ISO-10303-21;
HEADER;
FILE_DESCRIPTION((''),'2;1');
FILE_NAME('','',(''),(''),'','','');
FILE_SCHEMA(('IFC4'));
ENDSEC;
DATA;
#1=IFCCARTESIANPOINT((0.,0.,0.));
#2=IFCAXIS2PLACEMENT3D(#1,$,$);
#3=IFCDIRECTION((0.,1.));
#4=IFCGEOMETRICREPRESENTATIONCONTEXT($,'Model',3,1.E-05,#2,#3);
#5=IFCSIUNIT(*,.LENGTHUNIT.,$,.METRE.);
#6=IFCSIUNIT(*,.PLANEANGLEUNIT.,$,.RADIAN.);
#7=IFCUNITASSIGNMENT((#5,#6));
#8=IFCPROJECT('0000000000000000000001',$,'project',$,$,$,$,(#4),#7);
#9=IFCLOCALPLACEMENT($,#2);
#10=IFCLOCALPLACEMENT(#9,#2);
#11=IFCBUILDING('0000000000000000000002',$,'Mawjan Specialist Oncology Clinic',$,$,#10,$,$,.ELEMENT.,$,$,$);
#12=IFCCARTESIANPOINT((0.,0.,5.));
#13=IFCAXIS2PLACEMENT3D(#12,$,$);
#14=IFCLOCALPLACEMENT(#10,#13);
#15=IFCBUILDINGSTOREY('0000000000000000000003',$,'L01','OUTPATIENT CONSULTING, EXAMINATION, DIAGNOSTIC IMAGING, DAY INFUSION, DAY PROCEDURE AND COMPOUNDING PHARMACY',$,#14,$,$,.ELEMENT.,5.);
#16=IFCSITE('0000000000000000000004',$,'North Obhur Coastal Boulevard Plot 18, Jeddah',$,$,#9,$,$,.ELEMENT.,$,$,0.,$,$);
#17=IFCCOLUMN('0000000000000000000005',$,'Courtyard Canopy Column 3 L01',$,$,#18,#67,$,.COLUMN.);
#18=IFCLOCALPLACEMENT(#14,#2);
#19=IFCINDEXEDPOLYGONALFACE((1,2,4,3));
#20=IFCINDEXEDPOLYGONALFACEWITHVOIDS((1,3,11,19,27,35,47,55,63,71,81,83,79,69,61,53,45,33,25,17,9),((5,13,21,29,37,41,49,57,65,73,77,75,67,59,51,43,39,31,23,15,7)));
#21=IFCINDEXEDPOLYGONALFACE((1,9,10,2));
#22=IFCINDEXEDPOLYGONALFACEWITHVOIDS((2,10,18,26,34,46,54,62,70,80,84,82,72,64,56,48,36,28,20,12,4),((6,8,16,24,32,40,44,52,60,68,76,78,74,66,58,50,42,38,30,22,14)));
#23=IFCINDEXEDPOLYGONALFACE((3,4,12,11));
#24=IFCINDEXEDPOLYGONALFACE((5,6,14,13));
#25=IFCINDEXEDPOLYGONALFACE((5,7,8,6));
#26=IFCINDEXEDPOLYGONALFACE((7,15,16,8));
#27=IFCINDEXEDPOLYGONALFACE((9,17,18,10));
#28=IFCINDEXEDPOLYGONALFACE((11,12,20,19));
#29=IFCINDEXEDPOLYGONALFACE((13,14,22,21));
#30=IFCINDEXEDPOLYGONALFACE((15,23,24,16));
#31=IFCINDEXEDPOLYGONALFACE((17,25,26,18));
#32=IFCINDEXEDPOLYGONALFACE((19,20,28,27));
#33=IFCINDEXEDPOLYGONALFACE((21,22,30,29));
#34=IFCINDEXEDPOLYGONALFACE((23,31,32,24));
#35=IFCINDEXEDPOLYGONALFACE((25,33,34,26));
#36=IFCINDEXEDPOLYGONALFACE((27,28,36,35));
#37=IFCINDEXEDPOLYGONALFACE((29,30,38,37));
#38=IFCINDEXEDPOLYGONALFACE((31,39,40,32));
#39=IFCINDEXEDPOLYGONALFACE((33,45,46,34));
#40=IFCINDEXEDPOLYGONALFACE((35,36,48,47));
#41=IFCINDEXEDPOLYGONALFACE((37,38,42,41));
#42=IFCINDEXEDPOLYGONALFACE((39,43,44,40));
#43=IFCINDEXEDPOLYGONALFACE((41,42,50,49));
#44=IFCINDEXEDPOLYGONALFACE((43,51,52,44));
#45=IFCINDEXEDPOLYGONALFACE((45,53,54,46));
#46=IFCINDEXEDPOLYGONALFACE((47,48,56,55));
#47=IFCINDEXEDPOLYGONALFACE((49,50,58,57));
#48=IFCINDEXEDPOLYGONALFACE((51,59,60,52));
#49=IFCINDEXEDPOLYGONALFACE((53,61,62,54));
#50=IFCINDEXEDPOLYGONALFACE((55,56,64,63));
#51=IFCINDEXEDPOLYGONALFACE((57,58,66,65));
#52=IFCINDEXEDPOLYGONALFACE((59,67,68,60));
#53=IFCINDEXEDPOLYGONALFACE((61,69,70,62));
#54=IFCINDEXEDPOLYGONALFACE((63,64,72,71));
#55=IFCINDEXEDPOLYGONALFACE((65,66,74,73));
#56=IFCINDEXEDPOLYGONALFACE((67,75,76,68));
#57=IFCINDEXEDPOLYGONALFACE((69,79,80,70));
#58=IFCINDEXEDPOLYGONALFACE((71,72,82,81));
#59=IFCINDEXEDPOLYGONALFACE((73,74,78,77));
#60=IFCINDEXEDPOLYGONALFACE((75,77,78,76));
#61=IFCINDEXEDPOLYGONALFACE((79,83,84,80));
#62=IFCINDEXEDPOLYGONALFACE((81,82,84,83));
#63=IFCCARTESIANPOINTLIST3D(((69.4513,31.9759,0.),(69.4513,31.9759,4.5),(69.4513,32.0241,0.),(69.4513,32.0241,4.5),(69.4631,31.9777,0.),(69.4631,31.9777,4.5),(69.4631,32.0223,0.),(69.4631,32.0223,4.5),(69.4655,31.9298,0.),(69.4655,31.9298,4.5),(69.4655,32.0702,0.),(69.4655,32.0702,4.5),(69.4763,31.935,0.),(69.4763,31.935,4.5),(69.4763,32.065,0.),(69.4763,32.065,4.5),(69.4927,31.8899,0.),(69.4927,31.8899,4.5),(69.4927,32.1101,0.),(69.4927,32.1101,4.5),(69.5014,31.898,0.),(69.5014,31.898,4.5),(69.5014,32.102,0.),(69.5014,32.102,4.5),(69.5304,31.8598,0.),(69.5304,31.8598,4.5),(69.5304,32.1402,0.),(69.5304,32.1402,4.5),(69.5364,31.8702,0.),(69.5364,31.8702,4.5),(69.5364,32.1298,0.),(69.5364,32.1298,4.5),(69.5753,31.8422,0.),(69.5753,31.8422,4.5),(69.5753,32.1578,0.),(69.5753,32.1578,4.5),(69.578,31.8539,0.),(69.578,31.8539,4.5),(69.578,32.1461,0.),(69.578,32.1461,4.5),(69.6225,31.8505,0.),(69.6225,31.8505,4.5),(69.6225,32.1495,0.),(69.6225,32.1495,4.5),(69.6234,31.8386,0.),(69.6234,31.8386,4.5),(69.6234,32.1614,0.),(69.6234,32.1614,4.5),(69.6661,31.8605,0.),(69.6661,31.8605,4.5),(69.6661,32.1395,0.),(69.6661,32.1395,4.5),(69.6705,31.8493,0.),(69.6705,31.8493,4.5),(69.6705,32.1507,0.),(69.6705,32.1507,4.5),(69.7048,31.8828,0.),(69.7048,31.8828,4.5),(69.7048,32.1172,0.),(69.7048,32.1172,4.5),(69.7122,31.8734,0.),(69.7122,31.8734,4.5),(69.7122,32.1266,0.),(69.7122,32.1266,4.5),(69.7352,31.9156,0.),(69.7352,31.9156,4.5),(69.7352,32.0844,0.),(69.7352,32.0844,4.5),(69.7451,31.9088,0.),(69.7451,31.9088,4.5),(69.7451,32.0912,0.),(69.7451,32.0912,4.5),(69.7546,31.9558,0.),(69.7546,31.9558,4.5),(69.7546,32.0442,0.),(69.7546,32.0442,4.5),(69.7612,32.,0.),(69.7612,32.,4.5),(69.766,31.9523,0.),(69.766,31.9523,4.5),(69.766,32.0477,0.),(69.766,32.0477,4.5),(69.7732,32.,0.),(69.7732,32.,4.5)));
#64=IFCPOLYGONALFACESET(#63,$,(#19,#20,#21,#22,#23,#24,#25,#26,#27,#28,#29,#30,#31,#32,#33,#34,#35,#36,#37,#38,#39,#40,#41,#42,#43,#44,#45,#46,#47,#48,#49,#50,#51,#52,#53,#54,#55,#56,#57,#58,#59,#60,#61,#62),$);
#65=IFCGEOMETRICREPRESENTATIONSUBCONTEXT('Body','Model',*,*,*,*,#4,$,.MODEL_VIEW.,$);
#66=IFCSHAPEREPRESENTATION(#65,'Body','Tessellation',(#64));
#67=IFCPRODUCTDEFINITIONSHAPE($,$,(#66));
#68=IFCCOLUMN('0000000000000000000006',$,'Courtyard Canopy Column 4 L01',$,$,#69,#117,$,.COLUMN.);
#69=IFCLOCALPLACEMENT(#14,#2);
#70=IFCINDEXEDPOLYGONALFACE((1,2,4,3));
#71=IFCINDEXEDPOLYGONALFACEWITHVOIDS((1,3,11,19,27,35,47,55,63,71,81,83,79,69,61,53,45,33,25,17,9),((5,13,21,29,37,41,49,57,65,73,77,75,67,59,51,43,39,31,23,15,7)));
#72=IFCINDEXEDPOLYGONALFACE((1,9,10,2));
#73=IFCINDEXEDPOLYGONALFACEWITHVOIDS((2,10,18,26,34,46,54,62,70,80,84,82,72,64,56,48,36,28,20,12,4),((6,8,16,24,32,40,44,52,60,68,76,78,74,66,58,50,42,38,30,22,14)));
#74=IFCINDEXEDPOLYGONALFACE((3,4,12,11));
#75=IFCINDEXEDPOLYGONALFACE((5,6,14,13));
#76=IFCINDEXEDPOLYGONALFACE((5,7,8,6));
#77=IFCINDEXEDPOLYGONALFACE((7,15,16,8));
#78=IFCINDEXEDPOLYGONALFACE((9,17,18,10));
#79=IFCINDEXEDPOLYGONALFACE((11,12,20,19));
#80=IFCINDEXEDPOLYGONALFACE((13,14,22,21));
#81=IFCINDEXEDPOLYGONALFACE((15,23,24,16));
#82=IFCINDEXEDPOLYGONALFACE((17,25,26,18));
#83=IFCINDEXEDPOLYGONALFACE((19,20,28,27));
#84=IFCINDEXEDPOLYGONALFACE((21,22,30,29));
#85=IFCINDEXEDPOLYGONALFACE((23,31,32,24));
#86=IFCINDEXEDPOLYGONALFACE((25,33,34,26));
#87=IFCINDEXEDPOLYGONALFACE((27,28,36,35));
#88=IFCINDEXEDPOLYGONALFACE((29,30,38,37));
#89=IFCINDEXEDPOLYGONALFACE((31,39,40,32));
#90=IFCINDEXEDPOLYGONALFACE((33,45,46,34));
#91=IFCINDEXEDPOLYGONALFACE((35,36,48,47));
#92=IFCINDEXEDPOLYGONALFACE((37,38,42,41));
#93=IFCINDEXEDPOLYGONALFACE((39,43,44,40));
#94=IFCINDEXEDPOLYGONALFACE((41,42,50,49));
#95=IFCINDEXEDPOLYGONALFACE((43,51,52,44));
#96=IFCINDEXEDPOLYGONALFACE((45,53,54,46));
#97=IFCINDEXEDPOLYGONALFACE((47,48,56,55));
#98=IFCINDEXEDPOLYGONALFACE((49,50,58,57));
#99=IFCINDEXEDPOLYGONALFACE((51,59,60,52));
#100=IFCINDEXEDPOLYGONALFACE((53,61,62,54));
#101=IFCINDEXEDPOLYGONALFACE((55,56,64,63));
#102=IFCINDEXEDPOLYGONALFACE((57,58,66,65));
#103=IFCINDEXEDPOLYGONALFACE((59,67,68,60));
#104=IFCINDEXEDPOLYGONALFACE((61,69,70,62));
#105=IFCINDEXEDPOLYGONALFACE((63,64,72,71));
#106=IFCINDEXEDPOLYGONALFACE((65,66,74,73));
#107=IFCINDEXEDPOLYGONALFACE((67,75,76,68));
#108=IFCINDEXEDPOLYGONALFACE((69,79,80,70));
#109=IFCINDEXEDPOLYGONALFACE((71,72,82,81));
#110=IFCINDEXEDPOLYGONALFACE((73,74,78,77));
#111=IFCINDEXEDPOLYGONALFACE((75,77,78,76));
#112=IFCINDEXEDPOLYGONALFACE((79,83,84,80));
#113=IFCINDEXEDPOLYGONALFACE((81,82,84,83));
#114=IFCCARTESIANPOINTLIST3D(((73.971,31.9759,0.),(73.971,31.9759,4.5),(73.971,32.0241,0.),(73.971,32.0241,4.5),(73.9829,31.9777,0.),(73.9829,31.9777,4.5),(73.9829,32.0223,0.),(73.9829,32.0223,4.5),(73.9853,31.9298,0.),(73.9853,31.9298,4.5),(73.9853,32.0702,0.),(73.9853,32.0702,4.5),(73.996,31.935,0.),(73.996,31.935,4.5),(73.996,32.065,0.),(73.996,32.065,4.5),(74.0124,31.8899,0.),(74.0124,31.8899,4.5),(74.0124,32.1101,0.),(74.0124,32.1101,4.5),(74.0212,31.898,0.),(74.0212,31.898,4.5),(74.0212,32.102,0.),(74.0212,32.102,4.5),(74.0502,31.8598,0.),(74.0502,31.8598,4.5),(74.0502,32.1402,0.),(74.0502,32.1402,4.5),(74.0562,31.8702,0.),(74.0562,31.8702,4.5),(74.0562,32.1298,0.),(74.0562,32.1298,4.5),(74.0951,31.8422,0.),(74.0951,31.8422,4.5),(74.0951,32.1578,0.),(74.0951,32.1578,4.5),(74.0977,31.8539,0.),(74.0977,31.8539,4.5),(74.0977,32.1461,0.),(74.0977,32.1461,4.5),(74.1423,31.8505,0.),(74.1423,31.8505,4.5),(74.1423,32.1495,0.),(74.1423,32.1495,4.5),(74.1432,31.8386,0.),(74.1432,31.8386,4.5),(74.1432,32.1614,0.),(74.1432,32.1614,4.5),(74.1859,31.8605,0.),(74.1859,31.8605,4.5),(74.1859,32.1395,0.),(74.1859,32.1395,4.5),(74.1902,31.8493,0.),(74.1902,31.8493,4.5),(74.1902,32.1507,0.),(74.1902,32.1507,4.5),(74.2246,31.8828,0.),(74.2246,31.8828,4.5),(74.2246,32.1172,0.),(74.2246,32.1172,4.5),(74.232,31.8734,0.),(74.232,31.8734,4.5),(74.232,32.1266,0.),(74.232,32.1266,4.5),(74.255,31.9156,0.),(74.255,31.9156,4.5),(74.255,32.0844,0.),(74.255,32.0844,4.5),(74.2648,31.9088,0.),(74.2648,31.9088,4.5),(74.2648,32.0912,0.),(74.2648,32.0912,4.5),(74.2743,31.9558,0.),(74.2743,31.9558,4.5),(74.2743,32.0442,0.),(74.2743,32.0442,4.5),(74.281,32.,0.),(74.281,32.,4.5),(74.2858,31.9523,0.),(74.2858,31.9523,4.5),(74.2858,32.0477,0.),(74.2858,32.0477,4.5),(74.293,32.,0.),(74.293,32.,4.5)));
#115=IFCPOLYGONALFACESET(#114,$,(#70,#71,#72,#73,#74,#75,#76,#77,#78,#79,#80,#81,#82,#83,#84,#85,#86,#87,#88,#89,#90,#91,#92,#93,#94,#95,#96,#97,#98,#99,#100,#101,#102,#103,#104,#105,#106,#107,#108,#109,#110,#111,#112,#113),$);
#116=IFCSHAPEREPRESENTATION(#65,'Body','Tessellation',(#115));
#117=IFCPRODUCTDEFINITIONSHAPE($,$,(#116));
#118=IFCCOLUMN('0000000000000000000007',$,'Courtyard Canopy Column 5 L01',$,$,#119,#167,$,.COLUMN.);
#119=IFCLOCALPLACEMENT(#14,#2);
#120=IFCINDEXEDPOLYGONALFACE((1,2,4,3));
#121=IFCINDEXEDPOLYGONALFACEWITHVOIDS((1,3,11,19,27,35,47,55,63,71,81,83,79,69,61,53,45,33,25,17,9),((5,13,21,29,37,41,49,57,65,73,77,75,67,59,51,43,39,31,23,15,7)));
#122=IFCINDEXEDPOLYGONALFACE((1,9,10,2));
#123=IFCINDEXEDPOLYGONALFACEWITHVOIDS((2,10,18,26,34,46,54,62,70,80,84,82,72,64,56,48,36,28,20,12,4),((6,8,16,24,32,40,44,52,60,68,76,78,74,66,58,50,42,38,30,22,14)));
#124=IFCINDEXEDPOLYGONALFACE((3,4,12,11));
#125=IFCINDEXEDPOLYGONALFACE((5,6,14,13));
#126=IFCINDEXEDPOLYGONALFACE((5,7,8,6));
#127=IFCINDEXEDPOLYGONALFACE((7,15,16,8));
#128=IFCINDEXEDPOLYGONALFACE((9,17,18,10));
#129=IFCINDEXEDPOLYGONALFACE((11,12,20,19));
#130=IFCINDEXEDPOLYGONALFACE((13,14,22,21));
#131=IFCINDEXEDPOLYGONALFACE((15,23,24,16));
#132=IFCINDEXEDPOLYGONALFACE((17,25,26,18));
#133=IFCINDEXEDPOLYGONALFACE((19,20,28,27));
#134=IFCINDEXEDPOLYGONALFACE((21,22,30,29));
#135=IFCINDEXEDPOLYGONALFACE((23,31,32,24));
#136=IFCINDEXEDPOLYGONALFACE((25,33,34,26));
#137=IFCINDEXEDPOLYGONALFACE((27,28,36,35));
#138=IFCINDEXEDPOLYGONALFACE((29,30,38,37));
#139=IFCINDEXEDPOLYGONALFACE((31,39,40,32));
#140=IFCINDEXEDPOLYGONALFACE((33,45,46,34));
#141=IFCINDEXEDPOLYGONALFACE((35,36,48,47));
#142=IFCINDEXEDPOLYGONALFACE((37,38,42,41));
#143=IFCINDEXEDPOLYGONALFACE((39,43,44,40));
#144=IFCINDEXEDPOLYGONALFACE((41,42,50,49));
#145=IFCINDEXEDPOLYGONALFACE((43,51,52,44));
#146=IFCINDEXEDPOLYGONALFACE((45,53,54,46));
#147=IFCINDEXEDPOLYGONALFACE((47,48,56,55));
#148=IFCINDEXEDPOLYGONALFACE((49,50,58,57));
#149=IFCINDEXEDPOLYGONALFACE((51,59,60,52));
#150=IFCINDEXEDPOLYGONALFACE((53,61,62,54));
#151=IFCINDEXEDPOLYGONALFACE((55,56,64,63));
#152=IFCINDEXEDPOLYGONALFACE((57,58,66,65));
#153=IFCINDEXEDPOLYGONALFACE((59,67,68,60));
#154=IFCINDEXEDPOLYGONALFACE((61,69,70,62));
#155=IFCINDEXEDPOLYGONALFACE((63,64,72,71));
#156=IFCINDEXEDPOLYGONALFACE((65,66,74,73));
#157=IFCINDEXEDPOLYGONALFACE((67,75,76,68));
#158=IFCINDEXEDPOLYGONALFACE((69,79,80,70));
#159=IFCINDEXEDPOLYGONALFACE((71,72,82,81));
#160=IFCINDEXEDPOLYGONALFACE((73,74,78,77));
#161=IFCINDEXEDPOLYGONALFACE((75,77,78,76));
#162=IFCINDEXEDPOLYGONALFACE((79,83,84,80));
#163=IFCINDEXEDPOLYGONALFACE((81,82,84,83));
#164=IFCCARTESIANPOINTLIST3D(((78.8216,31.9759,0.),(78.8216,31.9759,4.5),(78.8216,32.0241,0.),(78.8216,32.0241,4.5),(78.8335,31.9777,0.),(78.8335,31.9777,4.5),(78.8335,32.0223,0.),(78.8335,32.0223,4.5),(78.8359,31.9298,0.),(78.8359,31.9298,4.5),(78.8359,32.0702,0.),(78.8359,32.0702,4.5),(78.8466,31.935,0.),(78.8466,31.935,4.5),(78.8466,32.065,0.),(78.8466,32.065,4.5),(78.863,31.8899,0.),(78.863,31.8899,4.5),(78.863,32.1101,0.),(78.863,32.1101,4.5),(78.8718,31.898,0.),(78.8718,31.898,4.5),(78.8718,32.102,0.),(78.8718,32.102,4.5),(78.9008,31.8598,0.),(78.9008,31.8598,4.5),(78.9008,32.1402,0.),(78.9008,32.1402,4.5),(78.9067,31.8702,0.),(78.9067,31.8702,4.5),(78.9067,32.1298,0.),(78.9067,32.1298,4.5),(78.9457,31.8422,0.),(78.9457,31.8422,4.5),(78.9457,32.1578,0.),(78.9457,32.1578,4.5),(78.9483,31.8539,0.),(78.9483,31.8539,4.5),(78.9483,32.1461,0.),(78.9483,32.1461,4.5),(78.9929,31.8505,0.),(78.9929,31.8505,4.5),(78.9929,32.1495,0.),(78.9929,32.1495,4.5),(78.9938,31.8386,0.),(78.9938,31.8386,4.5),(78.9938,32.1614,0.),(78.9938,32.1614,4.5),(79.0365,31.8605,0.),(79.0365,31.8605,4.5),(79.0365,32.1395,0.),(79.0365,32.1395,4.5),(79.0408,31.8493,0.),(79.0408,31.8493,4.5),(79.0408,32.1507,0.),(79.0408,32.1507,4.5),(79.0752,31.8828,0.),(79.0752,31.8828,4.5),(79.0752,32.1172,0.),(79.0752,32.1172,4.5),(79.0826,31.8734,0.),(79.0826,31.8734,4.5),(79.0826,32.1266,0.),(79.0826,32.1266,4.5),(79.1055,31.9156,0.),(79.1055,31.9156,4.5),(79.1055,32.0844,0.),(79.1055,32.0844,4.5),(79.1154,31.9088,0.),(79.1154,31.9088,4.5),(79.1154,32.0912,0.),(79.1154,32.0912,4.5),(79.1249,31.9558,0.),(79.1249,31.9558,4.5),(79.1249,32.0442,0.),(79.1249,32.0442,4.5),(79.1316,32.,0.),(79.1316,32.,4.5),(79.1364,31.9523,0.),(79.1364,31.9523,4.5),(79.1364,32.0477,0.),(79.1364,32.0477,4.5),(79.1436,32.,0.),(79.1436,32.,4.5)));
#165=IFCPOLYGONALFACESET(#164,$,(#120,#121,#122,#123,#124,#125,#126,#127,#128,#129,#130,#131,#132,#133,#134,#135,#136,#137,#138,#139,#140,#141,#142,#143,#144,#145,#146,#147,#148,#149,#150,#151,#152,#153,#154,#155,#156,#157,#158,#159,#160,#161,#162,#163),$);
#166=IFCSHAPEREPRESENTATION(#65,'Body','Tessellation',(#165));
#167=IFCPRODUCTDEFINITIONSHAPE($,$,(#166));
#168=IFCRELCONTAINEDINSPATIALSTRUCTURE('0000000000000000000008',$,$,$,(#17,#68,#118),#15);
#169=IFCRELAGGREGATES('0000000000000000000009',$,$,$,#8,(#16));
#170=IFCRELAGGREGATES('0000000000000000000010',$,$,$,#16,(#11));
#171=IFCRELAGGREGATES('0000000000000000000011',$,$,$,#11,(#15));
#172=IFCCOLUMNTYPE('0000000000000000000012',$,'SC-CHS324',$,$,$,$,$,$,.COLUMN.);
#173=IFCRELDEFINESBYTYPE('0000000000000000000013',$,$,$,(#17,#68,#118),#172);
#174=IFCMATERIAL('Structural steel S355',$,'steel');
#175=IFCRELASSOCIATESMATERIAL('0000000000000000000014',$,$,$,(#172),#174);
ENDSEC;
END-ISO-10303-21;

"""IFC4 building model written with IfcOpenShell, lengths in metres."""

from ifc_helpers import new_model, si_unit, direction, frame, origin, origin_2d, place, context, subcontext, project, spatial, hollow_circle, extrude, material, material_profile, profile_set, type_object, element, save


model = new_model("IFC4")

# Units and contexts
model_context = context("Model", 3, precision=1e-05, world=origin(), true_north=direction((0.0, 1.0)))
body_context = subcontext(model_context, "Body", "Model", "MODEL_VIEW")
ifc_project = project(units=[si_unit("LENGTHUNIT", "METRE"), si_unit("PLANEANGLEUNIT", "RADIAN")], contexts=[model_context])

# Site, building, storey
site_placement = place(None, origin())
site = spatial("IfcSite", under=ifc_project, at=site_placement, Name="North Obhur Coastal Boulevard Plot 18, Jeddah", CompositionType="ELEMENT", RefElevation=0.0)
building_placement = place(site_placement, origin())
building = spatial("IfcBuilding", under=site, at=building_placement, Name="Mawjan Specialist Oncology Clinic", CompositionType="ELEMENT")
storey_placement = place(building_placement, frame((0.0, 0.0, 5.0)))
storey = spatial("IfcBuildingStorey", under=building, at=storey_placement, Name="L01", Description="OUTPATIENT CONSULTING, EXAMINATION, DIAGNOSTIC IMAGING, DAY INFUSION, DAY PROCEDURE AND COMPOUNDING PHARMACY", CompositionType="ELEMENT", Elevation=5.0)

# Columns
ifc_material_1 = material(Name="Structural steel S355", Category="steel")
ifc_material_profile_1 = material_profile(ifc_material_1, hollow_circle(Radius=0.1619, WallThickness=0.012, at=origin_2d()), Name="CHS 323.9x12", Category="steel")
ifc_profile_set_1 = profile_set([ifc_material_profile_1], Name="Structural steel S355")
column_type_1 = type_object("IfcColumnType", Name="SC-CHS324", PredefinedType="COLUMN", material=ifc_profile_set_1)
for number, where, z_axis, x_axis, name in (
    (1, (69.6113, 32.0, 0.0), (0.0, 0.0, 1.0), (1.0, 0.0, 0.0), "Courtyard Canopy Column 3 L01"),
    (2, (74.1311, 32.0, 0.0), (0.0, 0.0, 1.0), (1.0, 0.0, 0.0), "Courtyard Canopy Column 4 L01"),
    (3, (78.9817, 32.0, 0.0), (0.0, 0.0, 1.0), (1.0, 0.0, 0.0), "Courtyard Canopy Column 5 L01"),
):
    element("IfcColumn", number, at=place(storey_placement, frame(where, z_axis=z_axis, x_axis=x_axis)), inside=storey, type_object=column_type_1, Name=name, PredefinedType="COLUMN", context=body_context, shape_type="SweptSolid", body=[
        extrude(hollow_circle(Radius=0.1619, WallThickness=0.012, at=origin_2d()), origin(), (0.0, 0.0, 1.0), 4.5),
    ])

save(model, "model.ifc")
